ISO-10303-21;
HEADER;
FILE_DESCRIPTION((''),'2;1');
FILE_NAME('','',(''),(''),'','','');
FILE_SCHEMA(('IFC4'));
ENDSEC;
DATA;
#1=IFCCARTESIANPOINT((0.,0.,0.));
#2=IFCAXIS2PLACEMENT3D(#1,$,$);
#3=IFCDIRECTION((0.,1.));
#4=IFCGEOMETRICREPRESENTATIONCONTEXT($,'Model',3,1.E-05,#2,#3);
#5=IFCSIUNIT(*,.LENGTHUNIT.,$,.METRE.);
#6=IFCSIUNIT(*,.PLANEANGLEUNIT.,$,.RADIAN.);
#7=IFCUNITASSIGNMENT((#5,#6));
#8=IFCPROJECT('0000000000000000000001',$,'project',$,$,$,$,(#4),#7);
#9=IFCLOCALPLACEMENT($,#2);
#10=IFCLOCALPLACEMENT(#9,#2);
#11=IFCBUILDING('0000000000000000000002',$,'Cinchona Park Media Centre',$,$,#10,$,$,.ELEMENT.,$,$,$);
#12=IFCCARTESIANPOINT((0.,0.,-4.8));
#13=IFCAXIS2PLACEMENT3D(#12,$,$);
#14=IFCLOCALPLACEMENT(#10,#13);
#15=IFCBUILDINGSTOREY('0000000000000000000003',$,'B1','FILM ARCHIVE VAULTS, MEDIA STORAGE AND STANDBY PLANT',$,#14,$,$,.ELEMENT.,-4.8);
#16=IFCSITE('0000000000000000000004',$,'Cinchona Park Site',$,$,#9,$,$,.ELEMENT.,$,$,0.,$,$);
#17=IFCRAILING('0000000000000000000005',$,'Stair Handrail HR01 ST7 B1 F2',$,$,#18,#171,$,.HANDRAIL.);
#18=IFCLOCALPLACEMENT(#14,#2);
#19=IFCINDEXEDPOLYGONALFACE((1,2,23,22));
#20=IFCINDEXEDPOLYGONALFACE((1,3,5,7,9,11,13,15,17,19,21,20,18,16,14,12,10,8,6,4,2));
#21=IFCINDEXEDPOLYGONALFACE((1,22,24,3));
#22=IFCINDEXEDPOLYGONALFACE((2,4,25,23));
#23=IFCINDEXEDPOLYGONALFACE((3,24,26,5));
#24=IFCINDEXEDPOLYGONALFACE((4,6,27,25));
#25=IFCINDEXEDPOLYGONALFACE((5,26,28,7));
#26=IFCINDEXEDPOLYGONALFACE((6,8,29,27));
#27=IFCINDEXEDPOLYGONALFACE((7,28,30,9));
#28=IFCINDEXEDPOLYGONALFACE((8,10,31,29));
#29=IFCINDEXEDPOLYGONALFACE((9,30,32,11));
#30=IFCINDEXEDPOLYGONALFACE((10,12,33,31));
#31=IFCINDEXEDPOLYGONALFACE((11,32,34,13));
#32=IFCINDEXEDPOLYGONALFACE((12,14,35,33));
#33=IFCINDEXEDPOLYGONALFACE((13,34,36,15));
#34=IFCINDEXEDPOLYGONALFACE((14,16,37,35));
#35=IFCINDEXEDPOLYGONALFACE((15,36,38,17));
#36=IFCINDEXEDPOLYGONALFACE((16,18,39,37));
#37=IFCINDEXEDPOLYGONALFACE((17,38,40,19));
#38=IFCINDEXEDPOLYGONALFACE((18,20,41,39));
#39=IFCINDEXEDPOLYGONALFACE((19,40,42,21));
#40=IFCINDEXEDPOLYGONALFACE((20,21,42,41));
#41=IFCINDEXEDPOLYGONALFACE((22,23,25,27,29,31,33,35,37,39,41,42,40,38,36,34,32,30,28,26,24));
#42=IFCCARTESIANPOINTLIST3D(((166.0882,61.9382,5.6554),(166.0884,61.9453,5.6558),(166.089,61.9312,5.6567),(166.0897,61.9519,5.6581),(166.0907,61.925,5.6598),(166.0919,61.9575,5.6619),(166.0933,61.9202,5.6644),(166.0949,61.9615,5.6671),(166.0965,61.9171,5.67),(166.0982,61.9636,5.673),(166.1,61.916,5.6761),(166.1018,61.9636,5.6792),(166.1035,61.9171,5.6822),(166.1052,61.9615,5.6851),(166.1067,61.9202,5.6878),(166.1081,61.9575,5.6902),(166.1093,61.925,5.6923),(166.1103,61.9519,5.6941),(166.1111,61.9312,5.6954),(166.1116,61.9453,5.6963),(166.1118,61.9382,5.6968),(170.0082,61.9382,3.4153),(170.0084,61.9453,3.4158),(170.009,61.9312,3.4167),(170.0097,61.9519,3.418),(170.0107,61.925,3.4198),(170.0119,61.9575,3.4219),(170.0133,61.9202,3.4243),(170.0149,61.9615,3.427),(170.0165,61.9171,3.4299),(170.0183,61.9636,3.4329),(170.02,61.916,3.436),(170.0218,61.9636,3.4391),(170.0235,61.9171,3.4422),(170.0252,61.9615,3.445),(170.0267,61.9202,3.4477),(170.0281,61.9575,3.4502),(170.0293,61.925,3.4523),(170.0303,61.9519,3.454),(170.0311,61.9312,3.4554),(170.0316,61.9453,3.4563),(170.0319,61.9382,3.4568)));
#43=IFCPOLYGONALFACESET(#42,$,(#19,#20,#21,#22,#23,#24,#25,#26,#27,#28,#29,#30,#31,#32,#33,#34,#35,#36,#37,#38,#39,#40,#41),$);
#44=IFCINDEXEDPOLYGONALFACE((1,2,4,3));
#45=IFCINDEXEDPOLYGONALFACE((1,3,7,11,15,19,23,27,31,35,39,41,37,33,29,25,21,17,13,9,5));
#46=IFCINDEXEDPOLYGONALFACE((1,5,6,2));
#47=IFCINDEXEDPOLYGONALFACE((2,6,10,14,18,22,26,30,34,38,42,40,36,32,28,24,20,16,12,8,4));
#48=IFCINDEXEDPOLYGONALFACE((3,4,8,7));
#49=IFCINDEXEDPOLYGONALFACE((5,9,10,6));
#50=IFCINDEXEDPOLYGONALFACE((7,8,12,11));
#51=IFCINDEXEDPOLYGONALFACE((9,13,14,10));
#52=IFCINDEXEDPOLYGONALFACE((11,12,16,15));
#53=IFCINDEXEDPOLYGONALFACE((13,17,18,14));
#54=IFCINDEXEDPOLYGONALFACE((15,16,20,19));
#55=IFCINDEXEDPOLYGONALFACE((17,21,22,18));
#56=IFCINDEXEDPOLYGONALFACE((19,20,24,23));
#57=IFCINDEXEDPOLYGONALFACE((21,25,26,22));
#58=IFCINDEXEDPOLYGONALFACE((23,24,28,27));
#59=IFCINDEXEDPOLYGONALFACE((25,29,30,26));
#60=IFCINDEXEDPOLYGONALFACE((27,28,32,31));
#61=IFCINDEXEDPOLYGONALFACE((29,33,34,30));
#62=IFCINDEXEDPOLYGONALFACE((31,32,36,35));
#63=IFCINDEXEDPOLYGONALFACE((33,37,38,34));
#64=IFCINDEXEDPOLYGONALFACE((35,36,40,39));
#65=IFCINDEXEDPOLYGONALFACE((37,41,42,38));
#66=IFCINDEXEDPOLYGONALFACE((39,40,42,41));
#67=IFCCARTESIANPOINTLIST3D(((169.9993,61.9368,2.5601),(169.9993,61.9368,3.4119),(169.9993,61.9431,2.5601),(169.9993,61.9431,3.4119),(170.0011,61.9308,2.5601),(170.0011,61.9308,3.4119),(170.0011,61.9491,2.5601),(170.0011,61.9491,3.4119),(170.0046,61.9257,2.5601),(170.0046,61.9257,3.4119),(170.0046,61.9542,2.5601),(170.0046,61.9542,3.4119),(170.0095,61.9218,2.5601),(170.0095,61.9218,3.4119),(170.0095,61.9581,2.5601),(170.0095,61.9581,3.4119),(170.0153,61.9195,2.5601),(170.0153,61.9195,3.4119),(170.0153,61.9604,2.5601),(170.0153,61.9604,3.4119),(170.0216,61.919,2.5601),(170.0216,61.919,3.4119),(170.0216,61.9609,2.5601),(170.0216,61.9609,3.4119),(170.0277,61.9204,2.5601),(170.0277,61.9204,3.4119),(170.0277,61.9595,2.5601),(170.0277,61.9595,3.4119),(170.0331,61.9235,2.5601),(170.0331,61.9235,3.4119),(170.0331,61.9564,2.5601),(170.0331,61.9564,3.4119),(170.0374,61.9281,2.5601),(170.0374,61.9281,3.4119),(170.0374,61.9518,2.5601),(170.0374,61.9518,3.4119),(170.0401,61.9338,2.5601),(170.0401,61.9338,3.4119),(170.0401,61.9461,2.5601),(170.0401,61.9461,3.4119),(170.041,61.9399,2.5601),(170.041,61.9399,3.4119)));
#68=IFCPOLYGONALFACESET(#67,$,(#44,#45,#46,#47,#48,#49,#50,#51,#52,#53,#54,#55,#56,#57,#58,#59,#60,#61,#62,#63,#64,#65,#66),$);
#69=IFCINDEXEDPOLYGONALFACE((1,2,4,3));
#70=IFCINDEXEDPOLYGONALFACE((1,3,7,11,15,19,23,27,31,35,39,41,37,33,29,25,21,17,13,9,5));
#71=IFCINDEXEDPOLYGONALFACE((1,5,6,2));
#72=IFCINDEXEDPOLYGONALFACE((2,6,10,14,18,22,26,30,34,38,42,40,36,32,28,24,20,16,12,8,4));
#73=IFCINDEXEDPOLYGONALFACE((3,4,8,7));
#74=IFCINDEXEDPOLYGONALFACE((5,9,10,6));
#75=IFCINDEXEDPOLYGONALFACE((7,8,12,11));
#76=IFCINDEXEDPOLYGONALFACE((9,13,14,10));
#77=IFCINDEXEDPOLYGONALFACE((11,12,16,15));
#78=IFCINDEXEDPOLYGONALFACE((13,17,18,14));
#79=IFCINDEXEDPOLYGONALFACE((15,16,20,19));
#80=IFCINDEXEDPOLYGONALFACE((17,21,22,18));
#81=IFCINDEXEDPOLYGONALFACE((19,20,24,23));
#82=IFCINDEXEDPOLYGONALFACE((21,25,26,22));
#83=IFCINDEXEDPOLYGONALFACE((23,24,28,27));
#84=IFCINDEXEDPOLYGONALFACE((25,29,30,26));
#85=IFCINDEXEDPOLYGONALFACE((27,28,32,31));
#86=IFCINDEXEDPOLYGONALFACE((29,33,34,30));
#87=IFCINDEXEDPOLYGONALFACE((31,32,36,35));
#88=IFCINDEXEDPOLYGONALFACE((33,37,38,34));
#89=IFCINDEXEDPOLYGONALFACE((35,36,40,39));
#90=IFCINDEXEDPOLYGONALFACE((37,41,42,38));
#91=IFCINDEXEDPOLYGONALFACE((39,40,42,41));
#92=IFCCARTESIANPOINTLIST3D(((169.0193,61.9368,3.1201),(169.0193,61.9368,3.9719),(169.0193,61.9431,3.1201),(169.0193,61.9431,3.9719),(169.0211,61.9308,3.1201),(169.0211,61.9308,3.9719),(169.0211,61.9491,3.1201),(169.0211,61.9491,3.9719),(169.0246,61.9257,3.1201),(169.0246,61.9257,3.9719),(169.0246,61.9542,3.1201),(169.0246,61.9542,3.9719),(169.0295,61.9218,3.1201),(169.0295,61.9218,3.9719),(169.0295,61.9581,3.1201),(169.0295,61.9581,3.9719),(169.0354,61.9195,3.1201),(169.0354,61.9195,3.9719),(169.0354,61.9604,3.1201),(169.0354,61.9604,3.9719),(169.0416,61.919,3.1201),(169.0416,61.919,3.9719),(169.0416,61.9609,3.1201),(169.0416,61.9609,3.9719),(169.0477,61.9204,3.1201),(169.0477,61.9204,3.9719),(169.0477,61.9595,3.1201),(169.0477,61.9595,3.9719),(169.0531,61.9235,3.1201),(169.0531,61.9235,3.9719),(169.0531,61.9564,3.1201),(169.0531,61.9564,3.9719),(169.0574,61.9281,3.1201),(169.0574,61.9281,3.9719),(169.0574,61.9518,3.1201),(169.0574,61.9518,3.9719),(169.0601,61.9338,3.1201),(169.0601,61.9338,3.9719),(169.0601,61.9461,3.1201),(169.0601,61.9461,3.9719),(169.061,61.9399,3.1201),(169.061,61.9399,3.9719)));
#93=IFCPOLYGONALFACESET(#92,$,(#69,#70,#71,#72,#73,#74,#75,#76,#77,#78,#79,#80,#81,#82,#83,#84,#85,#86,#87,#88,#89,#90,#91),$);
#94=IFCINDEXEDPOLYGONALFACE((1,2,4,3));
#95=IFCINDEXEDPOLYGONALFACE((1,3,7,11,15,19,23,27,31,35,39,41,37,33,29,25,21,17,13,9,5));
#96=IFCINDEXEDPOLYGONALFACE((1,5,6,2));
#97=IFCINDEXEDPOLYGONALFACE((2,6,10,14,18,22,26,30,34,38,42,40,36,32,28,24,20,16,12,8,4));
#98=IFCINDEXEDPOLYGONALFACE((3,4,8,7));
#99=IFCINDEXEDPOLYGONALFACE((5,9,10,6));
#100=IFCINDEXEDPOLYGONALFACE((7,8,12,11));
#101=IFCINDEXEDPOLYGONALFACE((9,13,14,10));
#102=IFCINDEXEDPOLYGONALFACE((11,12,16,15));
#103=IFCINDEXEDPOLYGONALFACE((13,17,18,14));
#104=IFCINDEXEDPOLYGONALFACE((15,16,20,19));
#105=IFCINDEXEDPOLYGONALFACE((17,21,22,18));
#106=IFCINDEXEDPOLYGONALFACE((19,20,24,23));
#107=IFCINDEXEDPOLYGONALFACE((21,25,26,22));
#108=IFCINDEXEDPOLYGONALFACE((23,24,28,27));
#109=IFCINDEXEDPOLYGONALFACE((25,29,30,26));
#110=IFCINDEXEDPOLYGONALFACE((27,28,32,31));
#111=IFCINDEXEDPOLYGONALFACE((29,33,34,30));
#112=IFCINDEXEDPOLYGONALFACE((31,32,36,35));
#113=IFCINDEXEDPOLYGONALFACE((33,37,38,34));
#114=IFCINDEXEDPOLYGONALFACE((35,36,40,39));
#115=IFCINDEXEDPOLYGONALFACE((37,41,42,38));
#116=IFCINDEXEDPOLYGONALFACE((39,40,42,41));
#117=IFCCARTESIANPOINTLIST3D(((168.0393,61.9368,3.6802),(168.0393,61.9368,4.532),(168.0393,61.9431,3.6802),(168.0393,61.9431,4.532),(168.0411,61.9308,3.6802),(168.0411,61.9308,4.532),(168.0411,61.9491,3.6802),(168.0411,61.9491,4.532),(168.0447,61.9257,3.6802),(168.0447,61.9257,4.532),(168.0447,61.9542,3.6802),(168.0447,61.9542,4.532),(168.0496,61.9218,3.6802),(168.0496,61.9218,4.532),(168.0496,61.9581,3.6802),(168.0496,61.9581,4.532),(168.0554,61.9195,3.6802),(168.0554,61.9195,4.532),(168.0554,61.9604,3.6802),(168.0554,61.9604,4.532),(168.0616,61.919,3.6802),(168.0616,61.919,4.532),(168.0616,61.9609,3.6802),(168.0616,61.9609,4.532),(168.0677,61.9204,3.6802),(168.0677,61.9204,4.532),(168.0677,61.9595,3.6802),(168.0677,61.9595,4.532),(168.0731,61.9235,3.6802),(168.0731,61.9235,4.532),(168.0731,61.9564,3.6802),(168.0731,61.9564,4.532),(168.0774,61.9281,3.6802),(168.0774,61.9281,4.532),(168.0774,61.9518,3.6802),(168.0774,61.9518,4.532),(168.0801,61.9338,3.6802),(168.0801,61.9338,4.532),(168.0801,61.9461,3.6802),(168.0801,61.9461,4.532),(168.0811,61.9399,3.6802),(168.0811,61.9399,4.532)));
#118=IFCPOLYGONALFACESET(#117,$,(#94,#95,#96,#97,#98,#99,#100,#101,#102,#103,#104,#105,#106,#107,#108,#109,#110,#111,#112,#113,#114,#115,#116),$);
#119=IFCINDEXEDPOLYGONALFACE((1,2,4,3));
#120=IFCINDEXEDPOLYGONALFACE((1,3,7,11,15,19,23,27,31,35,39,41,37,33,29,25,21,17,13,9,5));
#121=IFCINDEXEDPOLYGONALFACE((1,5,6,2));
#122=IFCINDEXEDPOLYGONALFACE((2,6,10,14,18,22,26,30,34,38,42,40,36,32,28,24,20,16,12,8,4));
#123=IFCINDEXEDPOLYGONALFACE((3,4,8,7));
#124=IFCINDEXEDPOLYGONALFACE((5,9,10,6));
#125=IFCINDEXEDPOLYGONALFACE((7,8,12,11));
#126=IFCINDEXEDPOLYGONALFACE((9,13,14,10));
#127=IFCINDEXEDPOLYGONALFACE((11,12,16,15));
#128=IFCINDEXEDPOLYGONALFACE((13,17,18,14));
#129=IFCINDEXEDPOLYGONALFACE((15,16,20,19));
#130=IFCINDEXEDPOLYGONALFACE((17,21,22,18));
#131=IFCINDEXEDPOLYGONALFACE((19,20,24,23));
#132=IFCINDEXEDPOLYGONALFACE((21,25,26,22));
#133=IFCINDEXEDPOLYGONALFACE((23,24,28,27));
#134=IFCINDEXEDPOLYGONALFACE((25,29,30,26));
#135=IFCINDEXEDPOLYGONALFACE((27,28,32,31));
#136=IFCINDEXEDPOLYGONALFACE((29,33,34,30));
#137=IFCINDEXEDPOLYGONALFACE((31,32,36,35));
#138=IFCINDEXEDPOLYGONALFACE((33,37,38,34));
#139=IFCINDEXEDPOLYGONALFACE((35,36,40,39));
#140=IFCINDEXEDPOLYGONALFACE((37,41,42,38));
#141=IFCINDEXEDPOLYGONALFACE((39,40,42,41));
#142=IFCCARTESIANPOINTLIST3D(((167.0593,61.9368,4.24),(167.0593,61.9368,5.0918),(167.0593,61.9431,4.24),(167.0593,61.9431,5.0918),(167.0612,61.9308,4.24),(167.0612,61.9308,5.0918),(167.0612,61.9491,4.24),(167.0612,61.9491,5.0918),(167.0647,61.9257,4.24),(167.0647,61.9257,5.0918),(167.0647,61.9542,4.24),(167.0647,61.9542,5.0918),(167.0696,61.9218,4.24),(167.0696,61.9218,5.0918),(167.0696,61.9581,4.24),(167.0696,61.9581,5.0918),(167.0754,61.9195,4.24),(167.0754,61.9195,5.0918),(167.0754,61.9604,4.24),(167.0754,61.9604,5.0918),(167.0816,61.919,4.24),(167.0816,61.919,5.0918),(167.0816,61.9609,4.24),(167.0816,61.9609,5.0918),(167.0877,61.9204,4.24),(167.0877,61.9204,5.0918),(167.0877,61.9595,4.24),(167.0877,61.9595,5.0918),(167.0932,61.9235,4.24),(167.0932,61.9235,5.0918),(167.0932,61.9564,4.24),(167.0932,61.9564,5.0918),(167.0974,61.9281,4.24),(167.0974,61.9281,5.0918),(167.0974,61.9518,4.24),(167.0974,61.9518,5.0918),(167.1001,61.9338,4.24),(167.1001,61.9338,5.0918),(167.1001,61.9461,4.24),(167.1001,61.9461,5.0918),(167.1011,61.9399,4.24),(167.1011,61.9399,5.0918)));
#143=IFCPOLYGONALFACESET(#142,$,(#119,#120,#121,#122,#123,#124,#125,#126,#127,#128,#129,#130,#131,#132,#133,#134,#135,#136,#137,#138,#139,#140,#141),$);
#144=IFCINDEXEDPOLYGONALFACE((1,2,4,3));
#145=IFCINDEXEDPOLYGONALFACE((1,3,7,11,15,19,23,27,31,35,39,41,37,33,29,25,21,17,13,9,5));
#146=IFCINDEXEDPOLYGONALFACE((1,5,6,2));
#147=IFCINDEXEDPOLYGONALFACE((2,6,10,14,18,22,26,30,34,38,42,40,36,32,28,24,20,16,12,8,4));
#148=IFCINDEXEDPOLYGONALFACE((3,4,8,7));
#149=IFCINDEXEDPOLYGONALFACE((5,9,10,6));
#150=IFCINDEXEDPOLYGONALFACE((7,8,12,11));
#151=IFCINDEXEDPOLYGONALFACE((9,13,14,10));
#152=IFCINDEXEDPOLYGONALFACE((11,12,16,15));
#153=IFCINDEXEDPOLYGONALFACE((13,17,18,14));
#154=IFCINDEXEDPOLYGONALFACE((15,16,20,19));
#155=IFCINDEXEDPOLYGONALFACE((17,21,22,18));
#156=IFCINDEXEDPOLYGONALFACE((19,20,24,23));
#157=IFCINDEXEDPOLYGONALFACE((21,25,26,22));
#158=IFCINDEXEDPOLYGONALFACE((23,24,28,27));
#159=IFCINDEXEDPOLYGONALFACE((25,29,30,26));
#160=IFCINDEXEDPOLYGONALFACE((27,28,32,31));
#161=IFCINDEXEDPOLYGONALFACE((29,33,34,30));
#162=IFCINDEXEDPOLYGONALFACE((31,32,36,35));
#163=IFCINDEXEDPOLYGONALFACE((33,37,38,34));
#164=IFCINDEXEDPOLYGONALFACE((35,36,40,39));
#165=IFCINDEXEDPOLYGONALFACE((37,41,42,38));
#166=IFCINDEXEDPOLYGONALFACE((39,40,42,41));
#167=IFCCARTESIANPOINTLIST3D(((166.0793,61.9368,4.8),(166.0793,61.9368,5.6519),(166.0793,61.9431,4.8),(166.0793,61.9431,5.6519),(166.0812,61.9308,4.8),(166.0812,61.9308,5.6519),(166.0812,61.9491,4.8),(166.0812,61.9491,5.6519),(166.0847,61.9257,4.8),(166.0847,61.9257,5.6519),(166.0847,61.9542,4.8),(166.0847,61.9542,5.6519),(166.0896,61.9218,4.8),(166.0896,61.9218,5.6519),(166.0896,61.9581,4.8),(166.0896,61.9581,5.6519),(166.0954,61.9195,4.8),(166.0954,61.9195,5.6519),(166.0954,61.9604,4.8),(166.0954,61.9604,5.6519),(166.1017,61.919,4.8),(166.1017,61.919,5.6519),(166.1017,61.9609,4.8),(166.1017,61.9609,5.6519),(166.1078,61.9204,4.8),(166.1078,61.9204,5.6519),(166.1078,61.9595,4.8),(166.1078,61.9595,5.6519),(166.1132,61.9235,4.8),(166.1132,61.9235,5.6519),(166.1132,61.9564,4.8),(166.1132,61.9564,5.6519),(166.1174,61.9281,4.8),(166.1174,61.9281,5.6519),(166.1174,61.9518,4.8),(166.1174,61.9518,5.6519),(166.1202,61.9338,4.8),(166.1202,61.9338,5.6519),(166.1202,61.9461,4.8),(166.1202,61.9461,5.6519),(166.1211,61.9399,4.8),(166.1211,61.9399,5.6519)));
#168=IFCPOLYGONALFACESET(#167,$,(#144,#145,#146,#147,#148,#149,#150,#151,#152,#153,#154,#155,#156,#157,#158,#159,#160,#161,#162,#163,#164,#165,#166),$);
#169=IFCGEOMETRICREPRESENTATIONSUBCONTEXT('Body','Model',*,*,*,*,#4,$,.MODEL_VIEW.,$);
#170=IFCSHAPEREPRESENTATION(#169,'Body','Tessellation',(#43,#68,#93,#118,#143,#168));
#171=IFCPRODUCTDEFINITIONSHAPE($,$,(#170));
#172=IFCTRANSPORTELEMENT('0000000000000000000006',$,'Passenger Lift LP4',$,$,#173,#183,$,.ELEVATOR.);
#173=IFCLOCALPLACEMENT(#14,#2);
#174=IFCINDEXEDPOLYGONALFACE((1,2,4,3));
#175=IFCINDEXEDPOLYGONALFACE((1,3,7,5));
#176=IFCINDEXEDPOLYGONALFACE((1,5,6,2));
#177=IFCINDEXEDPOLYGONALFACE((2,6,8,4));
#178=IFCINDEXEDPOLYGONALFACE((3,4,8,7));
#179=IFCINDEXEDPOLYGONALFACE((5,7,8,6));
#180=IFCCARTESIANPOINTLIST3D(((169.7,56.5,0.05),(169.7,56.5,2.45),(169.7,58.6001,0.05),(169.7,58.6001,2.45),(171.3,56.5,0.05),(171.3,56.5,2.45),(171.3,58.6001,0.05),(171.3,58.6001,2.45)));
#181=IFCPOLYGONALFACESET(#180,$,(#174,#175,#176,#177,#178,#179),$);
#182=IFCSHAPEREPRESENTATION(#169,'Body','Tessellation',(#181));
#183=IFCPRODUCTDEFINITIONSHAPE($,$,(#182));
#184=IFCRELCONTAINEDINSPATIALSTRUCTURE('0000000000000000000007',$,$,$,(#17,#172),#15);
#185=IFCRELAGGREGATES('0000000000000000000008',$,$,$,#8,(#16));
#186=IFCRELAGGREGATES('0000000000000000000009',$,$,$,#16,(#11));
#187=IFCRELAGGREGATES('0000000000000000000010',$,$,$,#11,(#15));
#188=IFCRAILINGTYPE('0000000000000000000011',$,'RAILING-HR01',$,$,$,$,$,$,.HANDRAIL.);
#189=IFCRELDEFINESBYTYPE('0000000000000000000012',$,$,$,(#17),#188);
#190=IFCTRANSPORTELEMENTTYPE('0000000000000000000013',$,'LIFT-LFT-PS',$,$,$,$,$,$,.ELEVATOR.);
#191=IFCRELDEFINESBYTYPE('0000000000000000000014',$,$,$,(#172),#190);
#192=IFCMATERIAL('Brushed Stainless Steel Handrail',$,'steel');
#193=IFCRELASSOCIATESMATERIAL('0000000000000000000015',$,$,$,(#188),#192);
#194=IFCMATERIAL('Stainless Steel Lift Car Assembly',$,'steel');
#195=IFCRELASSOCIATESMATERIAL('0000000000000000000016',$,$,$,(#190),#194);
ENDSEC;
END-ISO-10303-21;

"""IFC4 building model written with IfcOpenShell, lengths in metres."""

from ifc_helpers import new_model, si_unit, direction, frame, origin, origin_2d, place, context, subcontext, project, spatial, rectangle, circle, extrude, material, type_object, element, save


model = new_model("IFC4")

# Units and contexts
model_context = context("Model", 3, precision=1e-05, world=origin(), true_north=direction((0.0, 1.0)))
body_context = subcontext(model_context, "Body", "Model", "MODEL_VIEW")
ifc_project = project(units=[si_unit("LENGTHUNIT", "METRE"), si_unit("PLANEANGLEUNIT", "RADIAN")], contexts=[model_context])

# Site, building, storey
site_placement = place(None, origin())
site = spatial("IfcSite", under=ifc_project, at=site_placement, Name="Cinchona Park Site", CompositionType="ELEMENT", RefElevation=0.0)
building_placement = place(site_placement, origin())
building = spatial("IfcBuilding", under=site, at=building_placement, Name="Cinchona Park Media Centre", CompositionType="ELEMENT")
storey_placement = place(building_placement, frame((0.0, 0.0, -4.8)))
storey = spatial("IfcBuildingStorey", under=building, at=storey_placement, Name="B1", Description="FILM ARCHIVE VAULTS, MEDIA STORAGE AND STANDBY PLANT", CompositionType="ELEMENT", Elevation=-4.8)

# Railing
ifc_material_1 = material(Name="Brushed Stainless Steel Handrail", Category="steel")
railing_type_1 = type_object("IfcRailingType", Name="RAILING-HR01", PredefinedType="HANDRAIL", material=ifc_material_1)
railing_1_placement = place(storey_placement, frame((170.02, 61.9399, 2.5601)))
element("IfcRailing", 1, at=railing_1_placement, inside=storey, type_object=railing_type_1, Name="Stair Handrail HR01 ST7 B1 F2", PredefinedType="HANDRAIL", context=body_context, shape_type="SweptSolid", body=[
    extrude(circle(Radius=0.0239, at=origin_2d()), frame((0.0, 0.0, 0.876), z_axis=(-0.86824, 0.0, 0.496145), x_axis=(0.0, -1.0, 0.0)), (0.0, 0.0, 1.0), 4.5149),
    extrude(circle(Radius=0.021, at=origin_2d()), origin(), (0.0, 0.0, 1.0), 0.8518),
    extrude(circle(Radius=0.021, at=origin_2d()), frame((-0.98, 0.0, 0.5601)), (0.0, 0.0, 1.0), 0.8518),
    extrude(circle(Radius=0.021, at=origin_2d()), frame((-1.96, 0.0, 1.1201)), (0.0, 0.0, 1.0), 0.8518),
    extrude(circle(Radius=0.021, at=origin_2d()), frame((-2.9399, 0.0, 1.6799)), (0.0, 0.0, 1.0), 0.8518),
    extrude(circle(Radius=0.021, at=origin_2d()), frame((-3.9199, 0.0, 2.24)), (0.0, 0.0, 1.0), 0.8518),
])

# Transport element
ifc_material_2 = material(Name="Stainless Steel Lift Car Assembly", Category="steel")
transport_element_type = type_object("IfcTransportElementType", Name="LIFT-LFT-PS", PredefinedType="ELEVATOR", material=ifc_material_2)
transport_element_placement = place(storey_placement, frame((170.5, 57.55, 0.05), z_axis=(0.0, 0.0, 1.0), x_axis=(1.0, 0.0, 0.0)))
element("IfcTransportElement", 2, at=transport_element_placement, inside=storey, type_object=transport_element_type, Name="Passenger Lift LP4", PredefinedType="ELEVATOR", context=body_context, shape_type="SweptSolid", body=[
    extrude(rectangle(XDim=1.6001, YDim=2.1001, at=origin_2d()), origin(), (0.0, 0.0, 1.0), 2.3999),
])

save(model, "model.ifc")
